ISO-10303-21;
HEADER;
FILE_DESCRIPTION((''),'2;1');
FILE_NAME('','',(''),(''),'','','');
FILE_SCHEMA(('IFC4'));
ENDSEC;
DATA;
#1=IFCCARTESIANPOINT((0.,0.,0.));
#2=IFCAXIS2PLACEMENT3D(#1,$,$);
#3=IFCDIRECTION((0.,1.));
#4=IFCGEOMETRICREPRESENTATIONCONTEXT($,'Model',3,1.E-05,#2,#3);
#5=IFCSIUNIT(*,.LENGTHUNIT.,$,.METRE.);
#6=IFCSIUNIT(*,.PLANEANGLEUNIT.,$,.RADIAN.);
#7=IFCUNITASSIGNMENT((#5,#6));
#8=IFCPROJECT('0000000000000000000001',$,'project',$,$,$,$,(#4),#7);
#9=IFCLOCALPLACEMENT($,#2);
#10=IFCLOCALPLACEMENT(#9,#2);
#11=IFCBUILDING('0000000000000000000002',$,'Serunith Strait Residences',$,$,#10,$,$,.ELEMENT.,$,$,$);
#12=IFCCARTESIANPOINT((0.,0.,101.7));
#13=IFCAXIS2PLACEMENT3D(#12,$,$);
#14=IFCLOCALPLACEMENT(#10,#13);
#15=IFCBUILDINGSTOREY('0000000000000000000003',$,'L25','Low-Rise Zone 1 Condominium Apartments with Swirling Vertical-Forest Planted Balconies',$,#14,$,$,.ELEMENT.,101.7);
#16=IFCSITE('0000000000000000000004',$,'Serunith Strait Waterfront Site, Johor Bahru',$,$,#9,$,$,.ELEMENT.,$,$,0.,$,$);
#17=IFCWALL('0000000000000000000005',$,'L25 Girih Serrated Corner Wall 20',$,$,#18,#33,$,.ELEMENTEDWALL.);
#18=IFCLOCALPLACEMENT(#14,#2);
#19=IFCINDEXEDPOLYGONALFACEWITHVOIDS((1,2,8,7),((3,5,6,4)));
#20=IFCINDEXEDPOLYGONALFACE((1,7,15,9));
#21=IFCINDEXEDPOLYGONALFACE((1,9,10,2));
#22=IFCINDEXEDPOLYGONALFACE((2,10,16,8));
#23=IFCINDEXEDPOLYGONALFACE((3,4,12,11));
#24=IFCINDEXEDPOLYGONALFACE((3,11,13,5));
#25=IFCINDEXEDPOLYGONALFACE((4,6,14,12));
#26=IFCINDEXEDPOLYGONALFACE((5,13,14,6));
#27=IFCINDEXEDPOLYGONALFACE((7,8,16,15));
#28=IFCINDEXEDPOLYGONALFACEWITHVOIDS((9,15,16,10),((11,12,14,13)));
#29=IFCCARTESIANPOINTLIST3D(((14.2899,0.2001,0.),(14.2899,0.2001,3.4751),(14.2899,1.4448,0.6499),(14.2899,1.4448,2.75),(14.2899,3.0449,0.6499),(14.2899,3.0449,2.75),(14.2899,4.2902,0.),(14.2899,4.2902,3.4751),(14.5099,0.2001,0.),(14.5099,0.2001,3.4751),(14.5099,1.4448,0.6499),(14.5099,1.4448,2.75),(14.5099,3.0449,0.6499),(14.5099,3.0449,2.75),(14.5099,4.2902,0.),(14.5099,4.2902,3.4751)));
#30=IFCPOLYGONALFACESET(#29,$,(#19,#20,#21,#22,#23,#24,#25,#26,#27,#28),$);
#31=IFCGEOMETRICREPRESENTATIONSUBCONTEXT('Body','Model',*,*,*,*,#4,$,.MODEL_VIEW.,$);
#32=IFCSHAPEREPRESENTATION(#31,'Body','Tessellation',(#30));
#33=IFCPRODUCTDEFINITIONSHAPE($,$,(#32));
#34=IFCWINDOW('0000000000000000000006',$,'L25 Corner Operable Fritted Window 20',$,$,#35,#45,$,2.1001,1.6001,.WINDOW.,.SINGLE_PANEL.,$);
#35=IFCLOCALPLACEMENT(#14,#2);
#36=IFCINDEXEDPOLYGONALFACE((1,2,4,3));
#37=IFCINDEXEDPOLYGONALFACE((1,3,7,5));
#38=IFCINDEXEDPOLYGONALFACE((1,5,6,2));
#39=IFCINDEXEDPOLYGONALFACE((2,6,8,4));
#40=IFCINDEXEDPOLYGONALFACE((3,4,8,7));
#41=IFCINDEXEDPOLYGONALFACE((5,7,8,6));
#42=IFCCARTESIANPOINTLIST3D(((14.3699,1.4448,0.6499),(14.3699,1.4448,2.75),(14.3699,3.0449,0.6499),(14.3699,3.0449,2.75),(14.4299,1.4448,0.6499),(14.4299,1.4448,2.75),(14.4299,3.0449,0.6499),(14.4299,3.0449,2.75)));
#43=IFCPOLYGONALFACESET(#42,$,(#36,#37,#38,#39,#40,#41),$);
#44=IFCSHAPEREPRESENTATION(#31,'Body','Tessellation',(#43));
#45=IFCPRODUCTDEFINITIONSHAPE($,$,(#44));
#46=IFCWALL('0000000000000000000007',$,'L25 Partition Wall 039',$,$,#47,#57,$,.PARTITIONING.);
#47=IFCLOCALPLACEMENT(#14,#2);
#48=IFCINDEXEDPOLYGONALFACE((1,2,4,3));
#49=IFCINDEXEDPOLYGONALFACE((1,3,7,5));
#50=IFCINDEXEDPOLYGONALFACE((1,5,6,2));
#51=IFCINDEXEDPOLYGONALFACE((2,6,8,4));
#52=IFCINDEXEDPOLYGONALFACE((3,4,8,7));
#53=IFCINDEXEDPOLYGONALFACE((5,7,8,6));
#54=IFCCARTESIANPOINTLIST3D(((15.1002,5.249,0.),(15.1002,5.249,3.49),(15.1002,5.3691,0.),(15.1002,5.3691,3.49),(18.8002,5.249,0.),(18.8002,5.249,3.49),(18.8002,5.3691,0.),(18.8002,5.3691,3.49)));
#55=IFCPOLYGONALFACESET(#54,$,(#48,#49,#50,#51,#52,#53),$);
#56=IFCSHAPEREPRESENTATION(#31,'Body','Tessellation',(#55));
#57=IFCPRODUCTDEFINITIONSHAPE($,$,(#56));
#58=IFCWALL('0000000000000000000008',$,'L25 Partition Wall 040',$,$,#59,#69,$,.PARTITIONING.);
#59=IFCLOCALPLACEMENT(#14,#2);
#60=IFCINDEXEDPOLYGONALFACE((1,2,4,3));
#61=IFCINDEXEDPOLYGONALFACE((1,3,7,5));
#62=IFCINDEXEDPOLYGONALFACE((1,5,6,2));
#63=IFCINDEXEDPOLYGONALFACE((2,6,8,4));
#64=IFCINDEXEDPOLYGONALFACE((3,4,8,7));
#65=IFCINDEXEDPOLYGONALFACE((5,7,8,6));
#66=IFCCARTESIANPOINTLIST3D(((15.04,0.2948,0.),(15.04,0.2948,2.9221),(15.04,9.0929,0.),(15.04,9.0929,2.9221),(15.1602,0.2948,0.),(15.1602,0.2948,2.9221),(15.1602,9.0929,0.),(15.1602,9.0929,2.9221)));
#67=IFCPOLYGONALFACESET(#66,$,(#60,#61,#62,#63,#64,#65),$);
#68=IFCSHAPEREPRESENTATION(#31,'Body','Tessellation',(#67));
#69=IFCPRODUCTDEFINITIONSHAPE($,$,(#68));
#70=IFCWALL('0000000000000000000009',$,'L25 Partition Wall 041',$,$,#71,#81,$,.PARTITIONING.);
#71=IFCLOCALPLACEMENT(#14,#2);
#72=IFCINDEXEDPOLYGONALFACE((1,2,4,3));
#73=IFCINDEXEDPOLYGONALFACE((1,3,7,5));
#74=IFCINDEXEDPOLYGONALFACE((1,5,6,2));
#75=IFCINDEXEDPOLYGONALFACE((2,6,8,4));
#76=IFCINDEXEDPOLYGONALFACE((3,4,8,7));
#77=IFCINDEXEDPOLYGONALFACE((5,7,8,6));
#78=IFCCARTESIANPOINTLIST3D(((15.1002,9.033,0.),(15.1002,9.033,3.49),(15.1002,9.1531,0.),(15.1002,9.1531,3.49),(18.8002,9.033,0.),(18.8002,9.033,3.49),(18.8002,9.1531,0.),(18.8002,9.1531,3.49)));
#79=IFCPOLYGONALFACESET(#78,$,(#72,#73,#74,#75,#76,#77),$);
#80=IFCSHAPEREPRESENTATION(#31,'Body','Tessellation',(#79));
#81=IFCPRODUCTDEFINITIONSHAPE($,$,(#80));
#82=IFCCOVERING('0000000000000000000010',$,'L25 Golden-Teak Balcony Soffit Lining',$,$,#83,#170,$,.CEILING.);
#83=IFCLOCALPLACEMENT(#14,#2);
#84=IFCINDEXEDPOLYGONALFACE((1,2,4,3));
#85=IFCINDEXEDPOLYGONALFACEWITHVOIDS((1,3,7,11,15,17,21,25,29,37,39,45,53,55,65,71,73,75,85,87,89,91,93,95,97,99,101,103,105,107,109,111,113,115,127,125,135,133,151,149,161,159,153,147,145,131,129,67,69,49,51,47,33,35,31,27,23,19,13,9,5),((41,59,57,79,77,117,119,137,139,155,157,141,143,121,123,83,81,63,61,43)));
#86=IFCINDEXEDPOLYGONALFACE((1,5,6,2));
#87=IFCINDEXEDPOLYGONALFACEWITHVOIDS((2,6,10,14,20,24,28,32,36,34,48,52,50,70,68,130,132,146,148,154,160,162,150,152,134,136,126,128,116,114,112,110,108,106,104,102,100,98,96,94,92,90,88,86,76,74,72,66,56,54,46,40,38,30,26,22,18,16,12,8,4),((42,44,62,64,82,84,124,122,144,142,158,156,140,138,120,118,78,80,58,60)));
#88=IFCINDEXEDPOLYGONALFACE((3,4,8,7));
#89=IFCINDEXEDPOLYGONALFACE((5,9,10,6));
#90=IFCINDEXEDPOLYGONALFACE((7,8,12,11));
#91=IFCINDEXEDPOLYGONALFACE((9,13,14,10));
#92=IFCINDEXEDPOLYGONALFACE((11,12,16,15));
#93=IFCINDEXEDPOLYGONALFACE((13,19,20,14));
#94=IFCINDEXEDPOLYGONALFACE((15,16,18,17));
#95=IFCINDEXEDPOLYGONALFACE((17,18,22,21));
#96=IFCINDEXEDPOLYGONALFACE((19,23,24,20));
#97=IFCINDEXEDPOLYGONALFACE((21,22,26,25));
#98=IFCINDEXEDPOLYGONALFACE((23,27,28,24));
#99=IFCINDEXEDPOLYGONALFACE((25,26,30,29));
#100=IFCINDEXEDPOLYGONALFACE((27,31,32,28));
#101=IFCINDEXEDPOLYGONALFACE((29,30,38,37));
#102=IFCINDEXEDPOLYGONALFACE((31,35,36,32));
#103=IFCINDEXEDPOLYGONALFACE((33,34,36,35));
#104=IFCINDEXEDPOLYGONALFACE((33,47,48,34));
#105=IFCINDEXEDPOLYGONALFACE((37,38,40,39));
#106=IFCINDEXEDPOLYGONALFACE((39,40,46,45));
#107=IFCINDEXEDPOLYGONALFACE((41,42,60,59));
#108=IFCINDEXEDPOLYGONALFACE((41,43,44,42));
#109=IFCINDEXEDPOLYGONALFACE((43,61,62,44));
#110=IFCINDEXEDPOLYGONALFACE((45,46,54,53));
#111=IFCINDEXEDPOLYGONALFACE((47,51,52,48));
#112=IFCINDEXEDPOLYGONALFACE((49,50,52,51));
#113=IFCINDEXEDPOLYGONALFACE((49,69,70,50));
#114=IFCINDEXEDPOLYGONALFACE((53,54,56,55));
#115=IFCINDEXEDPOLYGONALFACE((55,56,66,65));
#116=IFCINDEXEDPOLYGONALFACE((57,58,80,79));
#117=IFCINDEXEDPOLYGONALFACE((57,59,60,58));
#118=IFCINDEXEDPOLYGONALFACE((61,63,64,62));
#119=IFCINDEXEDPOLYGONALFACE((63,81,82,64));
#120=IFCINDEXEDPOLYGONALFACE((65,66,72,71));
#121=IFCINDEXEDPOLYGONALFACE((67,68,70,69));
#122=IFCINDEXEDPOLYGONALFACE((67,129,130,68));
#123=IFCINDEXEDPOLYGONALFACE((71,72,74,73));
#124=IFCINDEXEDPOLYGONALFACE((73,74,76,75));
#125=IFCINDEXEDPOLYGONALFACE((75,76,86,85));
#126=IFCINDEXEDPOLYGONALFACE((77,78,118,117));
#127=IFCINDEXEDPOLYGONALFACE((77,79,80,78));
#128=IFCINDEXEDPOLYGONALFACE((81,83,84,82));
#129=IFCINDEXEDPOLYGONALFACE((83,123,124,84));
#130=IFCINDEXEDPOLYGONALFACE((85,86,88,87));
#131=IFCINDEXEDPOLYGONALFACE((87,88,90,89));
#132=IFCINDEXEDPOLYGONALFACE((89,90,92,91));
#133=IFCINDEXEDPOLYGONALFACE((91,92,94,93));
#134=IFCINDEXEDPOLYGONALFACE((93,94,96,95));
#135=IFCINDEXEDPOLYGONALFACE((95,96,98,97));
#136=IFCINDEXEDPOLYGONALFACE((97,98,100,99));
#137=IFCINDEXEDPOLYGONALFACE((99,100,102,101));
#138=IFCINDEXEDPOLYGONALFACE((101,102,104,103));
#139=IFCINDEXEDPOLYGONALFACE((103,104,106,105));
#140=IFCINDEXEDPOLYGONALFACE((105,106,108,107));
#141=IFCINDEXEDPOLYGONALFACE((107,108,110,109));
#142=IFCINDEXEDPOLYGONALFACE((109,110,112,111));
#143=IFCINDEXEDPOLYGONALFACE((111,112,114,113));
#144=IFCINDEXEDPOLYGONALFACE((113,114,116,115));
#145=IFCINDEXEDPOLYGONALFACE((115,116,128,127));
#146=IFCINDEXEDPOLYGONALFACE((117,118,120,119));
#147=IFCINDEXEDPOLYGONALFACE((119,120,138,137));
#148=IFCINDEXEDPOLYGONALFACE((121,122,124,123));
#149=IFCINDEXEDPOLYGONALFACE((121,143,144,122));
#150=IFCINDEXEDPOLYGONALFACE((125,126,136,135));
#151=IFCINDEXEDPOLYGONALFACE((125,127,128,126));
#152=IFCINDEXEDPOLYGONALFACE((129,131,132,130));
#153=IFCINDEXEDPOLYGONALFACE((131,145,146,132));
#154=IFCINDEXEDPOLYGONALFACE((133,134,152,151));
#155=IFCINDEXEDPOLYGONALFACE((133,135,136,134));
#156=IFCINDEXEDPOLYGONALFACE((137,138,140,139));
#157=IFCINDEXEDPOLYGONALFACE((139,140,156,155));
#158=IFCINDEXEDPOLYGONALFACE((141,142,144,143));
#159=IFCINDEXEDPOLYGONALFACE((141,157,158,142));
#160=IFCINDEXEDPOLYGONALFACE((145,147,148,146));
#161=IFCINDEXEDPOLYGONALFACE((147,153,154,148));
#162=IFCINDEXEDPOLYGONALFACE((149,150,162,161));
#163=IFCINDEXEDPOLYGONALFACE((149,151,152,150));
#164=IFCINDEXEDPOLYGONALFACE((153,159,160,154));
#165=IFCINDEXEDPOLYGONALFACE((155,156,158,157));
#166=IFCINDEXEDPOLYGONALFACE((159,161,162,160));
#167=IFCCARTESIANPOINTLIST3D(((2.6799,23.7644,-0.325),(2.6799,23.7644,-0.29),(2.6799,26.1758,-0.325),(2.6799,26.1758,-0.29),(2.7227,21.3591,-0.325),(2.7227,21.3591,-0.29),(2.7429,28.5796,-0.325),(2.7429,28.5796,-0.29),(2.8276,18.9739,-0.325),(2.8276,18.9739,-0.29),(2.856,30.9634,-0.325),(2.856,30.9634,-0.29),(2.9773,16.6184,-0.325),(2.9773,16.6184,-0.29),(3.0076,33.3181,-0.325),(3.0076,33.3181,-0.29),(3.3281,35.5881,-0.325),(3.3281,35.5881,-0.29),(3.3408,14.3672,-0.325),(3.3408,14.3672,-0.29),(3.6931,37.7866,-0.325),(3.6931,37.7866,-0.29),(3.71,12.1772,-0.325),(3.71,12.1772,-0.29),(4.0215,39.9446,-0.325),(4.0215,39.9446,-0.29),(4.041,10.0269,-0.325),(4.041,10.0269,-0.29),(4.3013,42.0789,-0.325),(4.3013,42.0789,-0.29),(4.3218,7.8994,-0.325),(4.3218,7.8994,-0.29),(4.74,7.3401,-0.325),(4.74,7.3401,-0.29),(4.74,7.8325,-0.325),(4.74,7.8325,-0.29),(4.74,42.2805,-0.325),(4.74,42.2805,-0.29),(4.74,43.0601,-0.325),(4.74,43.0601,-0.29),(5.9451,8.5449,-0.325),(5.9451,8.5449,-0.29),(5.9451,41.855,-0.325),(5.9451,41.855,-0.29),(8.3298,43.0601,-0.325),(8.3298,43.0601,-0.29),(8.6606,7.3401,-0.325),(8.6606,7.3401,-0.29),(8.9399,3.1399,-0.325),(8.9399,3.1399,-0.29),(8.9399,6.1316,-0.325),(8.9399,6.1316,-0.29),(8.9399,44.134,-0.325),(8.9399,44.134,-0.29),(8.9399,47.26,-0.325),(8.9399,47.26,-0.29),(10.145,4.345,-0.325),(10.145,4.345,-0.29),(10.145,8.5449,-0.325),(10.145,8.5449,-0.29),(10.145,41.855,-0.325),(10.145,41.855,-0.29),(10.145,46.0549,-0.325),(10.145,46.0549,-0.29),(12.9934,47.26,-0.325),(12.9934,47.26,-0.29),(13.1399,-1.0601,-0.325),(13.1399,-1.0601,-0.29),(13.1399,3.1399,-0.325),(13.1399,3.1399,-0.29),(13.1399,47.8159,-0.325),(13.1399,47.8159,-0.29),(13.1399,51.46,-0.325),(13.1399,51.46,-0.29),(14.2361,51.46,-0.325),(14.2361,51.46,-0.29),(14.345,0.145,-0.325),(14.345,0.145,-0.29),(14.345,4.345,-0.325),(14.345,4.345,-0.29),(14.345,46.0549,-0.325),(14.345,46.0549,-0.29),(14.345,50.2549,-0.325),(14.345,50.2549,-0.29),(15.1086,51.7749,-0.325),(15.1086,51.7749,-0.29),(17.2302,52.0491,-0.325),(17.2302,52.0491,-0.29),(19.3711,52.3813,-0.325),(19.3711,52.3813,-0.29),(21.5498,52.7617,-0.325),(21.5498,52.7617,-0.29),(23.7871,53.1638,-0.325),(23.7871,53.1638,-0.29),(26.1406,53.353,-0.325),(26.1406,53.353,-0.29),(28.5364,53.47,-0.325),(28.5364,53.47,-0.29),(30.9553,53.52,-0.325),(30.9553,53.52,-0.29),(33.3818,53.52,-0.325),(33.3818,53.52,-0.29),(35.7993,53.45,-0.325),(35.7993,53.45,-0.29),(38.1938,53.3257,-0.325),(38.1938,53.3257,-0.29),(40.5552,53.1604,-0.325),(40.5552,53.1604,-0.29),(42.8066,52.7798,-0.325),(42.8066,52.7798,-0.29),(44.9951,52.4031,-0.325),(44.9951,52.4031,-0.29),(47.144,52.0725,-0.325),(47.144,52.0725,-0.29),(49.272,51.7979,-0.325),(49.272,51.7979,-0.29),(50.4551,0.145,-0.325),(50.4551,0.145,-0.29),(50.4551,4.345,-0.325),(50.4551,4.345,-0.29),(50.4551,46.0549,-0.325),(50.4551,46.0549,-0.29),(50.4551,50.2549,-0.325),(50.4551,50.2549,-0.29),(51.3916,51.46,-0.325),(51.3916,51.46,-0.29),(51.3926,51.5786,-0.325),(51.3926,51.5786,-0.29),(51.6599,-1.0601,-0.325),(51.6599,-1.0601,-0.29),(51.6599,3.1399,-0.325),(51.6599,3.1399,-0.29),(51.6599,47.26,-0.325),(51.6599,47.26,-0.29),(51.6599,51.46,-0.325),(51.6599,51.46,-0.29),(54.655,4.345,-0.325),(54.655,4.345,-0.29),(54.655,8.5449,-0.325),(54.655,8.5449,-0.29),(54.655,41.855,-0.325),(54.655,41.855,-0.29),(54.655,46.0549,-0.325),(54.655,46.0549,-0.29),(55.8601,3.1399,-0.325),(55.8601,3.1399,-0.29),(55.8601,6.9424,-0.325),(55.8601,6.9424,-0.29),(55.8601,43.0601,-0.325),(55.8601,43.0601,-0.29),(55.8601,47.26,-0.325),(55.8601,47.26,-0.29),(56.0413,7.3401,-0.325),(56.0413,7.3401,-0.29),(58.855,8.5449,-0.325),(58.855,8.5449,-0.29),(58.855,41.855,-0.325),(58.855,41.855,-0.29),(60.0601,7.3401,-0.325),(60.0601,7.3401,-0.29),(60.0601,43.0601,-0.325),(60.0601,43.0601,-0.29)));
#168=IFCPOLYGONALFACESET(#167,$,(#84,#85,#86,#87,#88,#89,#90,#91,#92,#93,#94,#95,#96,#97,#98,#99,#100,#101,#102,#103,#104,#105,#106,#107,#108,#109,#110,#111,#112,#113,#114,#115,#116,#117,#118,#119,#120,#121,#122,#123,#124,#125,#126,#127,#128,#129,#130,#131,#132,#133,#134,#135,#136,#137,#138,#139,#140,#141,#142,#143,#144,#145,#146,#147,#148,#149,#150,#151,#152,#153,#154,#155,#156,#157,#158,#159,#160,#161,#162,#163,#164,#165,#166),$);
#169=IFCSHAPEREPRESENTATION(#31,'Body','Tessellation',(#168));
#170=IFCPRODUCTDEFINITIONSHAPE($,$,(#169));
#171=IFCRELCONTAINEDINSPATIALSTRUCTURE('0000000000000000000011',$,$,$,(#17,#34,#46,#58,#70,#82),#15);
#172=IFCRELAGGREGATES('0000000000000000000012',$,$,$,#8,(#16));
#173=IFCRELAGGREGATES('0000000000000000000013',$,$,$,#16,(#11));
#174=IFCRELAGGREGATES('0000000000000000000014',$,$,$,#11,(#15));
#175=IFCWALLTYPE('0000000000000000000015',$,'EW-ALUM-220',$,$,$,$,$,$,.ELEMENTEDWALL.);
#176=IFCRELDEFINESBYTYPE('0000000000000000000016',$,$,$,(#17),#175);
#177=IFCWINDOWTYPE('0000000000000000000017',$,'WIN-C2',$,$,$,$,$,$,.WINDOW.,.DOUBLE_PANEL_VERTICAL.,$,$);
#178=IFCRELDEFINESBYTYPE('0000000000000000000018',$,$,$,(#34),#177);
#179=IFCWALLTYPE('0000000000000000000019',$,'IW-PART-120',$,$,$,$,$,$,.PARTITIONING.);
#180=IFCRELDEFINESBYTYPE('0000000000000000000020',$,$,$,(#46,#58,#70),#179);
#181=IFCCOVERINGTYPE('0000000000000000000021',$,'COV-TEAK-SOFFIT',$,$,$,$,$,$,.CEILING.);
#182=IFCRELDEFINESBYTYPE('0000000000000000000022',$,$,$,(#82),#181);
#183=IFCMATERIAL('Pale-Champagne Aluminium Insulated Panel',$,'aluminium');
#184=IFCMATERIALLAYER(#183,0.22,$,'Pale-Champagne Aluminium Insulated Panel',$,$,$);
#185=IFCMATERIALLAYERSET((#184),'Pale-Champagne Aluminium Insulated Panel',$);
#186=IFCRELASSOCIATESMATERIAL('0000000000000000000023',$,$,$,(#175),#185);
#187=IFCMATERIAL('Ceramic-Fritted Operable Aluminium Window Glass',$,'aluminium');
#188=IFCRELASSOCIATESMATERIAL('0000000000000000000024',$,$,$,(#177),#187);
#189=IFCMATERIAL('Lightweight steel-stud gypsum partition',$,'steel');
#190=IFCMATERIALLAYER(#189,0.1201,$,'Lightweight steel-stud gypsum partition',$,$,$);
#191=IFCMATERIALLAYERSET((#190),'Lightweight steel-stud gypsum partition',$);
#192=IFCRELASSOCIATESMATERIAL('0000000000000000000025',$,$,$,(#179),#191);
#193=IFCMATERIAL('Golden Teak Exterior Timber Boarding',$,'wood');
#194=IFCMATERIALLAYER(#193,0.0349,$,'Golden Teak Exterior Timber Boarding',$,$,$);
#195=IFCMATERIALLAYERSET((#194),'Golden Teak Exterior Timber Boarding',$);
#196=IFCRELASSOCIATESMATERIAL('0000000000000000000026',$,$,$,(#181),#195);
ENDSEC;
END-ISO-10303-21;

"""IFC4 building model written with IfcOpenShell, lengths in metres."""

from ifc_helpers import new_model, si_unit, direction, frame, frame_2d, origin, place, context, subcontext, project, spatial, polyline, rectangle, outline, extrude, source, transform, mapped, material, layer, layer_set, type_object, element, fill, save


model = new_model("IFC4")

# Units and contexts
model_context = context("Model", 3, precision=1e-05, world=origin(), true_north=direction((0.0, 1.0)))
body_context = subcontext(model_context, "Body", "Model", "MODEL_VIEW")
ifc_project = project(units=[si_unit("LENGTHUNIT", "METRE"), si_unit("PLANEANGLEUNIT", "RADIAN")], contexts=[model_context])

# Site, building, storey
site_placement = place(None, origin())
site = spatial("IfcSite", under=ifc_project, at=site_placement, Name="Serunith Strait Waterfront Site, Johor Bahru", CompositionType="ELEMENT", RefElevation=0.0)
building_placement = place(site_placement, origin())
building = spatial("IfcBuilding", under=site, at=building_placement, Name="Serunith Strait Residences", CompositionType="ELEMENT")
storey_placement = place(building_placement, frame((0.0, 0.0, 101.7)))
storey = spatial("IfcBuildingStorey", under=building, at=storey_placement, Name="L25", Description="Low-Rise Zone 1 Condominium Apartments with Swirling Vertical-Forest Planted Balconies", CompositionType="ELEMENT", Elevation=101.7)

# Wall, opening, window
ifc_material_1 = material(Name="Pale-Champagne Aluminium Insulated Panel", Category="aluminium")
ifc_layer_1 = layer(ifc_material_1, 0.22, Name="Pale-Champagne Aluminium Insulated Panel")
ifc_layer_set_1 = layer_set([ifc_layer_1], Name="Pale-Champagne Aluminium Insulated Panel")
wall_type_1 = type_object("IfcWallType", Name="EW-ALUM-220", PredefinedType="ELEMENTEDWALL", material=ifc_layer_set_1)
ifc_material_2 = material(Name="Ceramic-Fritted Operable Aluminium Window Glass", Category="aluminium")
window_type = type_object("IfcWindowType", Name="WIN-C2", PartitioningType="DOUBLE_PANEL_VERTICAL", PredefinedType="WINDOW", material=ifc_material_2)
shared_shape_1 = source(origin(), body_context, "Body", "SweptSolid", [
    extrude(rectangle(XDim=1.6001, YDim=2.1001, at=frame_2d((0.8, 1.05))), frame((0.0, 0.03, 0.0), z_axis=(0.0, -1.0, 0.0), x_axis=(1.0, 0.0, 0.0)), (0.0, 0.0, 1.0), 0.0601),
])
wall_1_placement = place(storey_placement, frame((14.3999, 4.29, 0.0), z_axis=(0.0, 0.0, 1.0), x_axis=(0.0, -1.0, 0.0)))
wall_1 = element("IfcWall", 1, at=wall_1_placement, inside=storey, type_object=wall_type_1, Name="L25 Girih Serrated Corner Wall 20", PredefinedType="ELEMENTEDWALL", context=body_context, shape_type="SweptSolid", body=[
    extrude(rectangle(XDim=4.0901, YDim=0.22, at=frame_2d((2.0449, 0.0))), origin(), (0.0, 0.0, 1.0), 3.4751),
])
opening_1_placement = place(wall_1_placement, frame((1.2451, 0.0, 0.6499)))
opening_1 = element("IfcOpeningElement", 2, at=opening_1_placement, cuts=wall_1, PredefinedType="OPENING", context=body_context, shape_type="SweptSolid", body=[
    extrude(rectangle(XDim=1.6001, YDim=2.1001, at=frame_2d((0.8, 1.05))), frame((0.0, 0.1201, 0.0), z_axis=(0.0, -1.0, 0.0), x_axis=(1.0, 0.0, 0.0)), (0.0, 0.0, 1.0), 0.24),
])
window_1_placement = place(opening_1_placement, origin())
window_1 = element("IfcWindow", 3, at=window_1_placement, inside=storey, type_object=window_type, Name="L25 Corner Operable Fritted Window 20", OverallHeight=2.1001, OverallWidth=1.6001, PartitioningType="SINGLE_PANEL", PredefinedType="WINDOW", context=body_context, shape_type="MappedRepresentation", body=[
    mapped(shared_shape_1, transform((0.0, 0.0, 0.0), scale=1.0)),
])
fill(opening_1, window_1)

# Walls
ifc_material_3 = material(Name="Lightweight steel-stud gypsum partition", Category="steel")
ifc_layer_2 = layer(ifc_material_3, 0.1201, Name="Lightweight steel-stud gypsum partition")
ifc_layer_set_2 = layer_set([ifc_layer_2], Name="Lightweight steel-stud gypsum partition")
wall_type_2 = type_object("IfcWallType", Name="IW-PART-120", PredefinedType="PARTITIONING", material=ifc_layer_set_2)
wall_2_placement = place(storey_placement, frame((15.1001, 5.3091, 0.0), z_axis=(0.0, 0.0, 1.0), x_axis=(1.0, 0.0, 0.0)))
element("IfcWall", 4, at=wall_2_placement, inside=storey, type_object=wall_type_2, Name="L25 Partition Wall 039", PredefinedType="PARTITIONING", context=body_context, shape_type="SweptSolid", body=[
    extrude(rectangle(XDim=3.7, YDim=0.1201, at=frame_2d((1.8501, 0.0))), origin(), (0.0, 0.0, 1.0), 3.49),
])
wall_3_placement = place(storey_placement, frame((15.1001, 0.2949, 0.0), z_axis=(0.0, 0.0, 1.0), x_axis=(0.0, 1.0, 0.0)))
element("IfcWall", 5, at=wall_3_placement, inside=storey, type_object=wall_type_2, Name="L25 Partition Wall 040", PredefinedType="PARTITIONING", context=body_context, shape_type="SweptSolid", body=[
    extrude(rectangle(XDim=8.7981, YDim=0.1201, at=frame_2d((4.3989, 0.0))), origin(), (0.0, 0.0, 1.0), 2.9221),
])
wall_4_placement = place(storey_placement, frame((15.1001, 9.093, 0.0), z_axis=(0.0, 0.0, 1.0), x_axis=(1.0, 0.0, 0.0)))
element("IfcWall", 6, at=wall_4_placement, inside=storey, type_object=wall_type_2, Name="L25 Partition Wall 041", PredefinedType="PARTITIONING", context=body_context, shape_type="SweptSolid", body=[
    extrude(rectangle(XDim=3.7, YDim=0.1201, at=frame_2d((1.8501, 0.0))), origin(), (0.0, 0.0, 1.0), 3.49),
])

# Covering
ifc_material_4 = material(Name="Golden Teak Exterior Timber Boarding", Category="wood")
ifc_layer_3 = layer(ifc_material_4, 0.0349, Name="Golden Teak Exterior Timber Boarding")
ifc_layer_set_3 = layer_set([ifc_layer_3], Name="Golden Teak Exterior Timber Boarding")
covering_type_1 = type_object("IfcCoveringType", Name="COV-TEAK-SOFFIT", PredefinedType="CEILING", material=ifc_layer_set_3)
covering_placement = place(storey_placement, frame((0.0, 0.0, -0.325)))
element("IfcCovering", 7, at=covering_placement, inside=storey, type_object=covering_type_1, Name="L25 Golden-Teak Balcony Soffit Lining", PredefinedType="CEILING", context=body_context, shape_type="SweptSolid", body=[
    extrude(outline(polyline([(4.74, 7.8325), (4.3218, 7.8994), (4.041, 10.0269), (3.71, 12.1772), (3.3408, 14.3672), (2.9773, 16.6184), (2.8276, 18.9739), (2.7227, 21.3591), (2.6799, 23.7644), (2.6799, 26.1758), (2.7429, 28.5796), (2.856, 30.9634), (3.0076, 33.3181), (3.3281, 35.5881), (3.6931, 37.7866), (4.0215, 39.9446), (4.3013, 42.0789), (4.74, 42.2805), (4.74, 43.0601), (8.3298, 43.0601), (8.9399, 44.134), (8.9399, 47.26), (12.9934, 47.26), (13.1399, 47.8159), (13.1399, 51.46), (14.2361, 51.46), (15.1086, 51.7749), (17.2302, 52.0491), (19.3711, 52.3813), (21.5498, 52.7617), (23.7871, 53.1638), (26.1406, 53.353), (28.5364, 53.47), (30.9553, 53.52), (33.3818, 53.52), (35.7993, 53.45), (38.1938, 53.3257), (40.5552, 53.1604), (42.8066, 52.7798), (44.9951, 52.4031), (47.144, 52.0725), (49.272, 51.7979), (51.3926, 51.5786), (51.3916, 51.46), (51.6599, 51.46), (51.6599, 47.26), (55.8601, 47.26), (55.8601, 43.0601), (60.0601, 43.0601), (60.0601, 7.3401), (56.0413, 7.3401), (55.8601, 6.9424), (55.8601, 3.1399), (51.6599, 3.1399), (51.6599, -1.0601), (13.1399, -1.0601), (13.1399, 3.1399), (8.9399, 3.1399), (8.9399, 6.1316), (8.6606, 7.3401), (4.74, 7.3401), (4.74, 7.8325)]), holes=[polyline([(50.4551, 0.145), (50.4551, 4.345), (54.655, 4.345), (54.655, 8.5449), (58.855, 8.5449), (58.855, 41.855), (54.655, 41.855), (54.655, 46.0549), (50.4551, 46.0549), (50.4551, 50.2549), (14.345, 50.2549), (14.345, 46.0549), (10.145, 46.0549), (10.145, 41.855), (5.9451, 41.855), (5.9451, 8.5449), (10.145, 8.5449), (10.145, 4.345), (14.345, 4.345), (14.345, 0.145), (50.4551, 0.145)])]), origin(), (0.0, 0.0, 1.0), 0.0349),
])

save(model, "model.ifc")
